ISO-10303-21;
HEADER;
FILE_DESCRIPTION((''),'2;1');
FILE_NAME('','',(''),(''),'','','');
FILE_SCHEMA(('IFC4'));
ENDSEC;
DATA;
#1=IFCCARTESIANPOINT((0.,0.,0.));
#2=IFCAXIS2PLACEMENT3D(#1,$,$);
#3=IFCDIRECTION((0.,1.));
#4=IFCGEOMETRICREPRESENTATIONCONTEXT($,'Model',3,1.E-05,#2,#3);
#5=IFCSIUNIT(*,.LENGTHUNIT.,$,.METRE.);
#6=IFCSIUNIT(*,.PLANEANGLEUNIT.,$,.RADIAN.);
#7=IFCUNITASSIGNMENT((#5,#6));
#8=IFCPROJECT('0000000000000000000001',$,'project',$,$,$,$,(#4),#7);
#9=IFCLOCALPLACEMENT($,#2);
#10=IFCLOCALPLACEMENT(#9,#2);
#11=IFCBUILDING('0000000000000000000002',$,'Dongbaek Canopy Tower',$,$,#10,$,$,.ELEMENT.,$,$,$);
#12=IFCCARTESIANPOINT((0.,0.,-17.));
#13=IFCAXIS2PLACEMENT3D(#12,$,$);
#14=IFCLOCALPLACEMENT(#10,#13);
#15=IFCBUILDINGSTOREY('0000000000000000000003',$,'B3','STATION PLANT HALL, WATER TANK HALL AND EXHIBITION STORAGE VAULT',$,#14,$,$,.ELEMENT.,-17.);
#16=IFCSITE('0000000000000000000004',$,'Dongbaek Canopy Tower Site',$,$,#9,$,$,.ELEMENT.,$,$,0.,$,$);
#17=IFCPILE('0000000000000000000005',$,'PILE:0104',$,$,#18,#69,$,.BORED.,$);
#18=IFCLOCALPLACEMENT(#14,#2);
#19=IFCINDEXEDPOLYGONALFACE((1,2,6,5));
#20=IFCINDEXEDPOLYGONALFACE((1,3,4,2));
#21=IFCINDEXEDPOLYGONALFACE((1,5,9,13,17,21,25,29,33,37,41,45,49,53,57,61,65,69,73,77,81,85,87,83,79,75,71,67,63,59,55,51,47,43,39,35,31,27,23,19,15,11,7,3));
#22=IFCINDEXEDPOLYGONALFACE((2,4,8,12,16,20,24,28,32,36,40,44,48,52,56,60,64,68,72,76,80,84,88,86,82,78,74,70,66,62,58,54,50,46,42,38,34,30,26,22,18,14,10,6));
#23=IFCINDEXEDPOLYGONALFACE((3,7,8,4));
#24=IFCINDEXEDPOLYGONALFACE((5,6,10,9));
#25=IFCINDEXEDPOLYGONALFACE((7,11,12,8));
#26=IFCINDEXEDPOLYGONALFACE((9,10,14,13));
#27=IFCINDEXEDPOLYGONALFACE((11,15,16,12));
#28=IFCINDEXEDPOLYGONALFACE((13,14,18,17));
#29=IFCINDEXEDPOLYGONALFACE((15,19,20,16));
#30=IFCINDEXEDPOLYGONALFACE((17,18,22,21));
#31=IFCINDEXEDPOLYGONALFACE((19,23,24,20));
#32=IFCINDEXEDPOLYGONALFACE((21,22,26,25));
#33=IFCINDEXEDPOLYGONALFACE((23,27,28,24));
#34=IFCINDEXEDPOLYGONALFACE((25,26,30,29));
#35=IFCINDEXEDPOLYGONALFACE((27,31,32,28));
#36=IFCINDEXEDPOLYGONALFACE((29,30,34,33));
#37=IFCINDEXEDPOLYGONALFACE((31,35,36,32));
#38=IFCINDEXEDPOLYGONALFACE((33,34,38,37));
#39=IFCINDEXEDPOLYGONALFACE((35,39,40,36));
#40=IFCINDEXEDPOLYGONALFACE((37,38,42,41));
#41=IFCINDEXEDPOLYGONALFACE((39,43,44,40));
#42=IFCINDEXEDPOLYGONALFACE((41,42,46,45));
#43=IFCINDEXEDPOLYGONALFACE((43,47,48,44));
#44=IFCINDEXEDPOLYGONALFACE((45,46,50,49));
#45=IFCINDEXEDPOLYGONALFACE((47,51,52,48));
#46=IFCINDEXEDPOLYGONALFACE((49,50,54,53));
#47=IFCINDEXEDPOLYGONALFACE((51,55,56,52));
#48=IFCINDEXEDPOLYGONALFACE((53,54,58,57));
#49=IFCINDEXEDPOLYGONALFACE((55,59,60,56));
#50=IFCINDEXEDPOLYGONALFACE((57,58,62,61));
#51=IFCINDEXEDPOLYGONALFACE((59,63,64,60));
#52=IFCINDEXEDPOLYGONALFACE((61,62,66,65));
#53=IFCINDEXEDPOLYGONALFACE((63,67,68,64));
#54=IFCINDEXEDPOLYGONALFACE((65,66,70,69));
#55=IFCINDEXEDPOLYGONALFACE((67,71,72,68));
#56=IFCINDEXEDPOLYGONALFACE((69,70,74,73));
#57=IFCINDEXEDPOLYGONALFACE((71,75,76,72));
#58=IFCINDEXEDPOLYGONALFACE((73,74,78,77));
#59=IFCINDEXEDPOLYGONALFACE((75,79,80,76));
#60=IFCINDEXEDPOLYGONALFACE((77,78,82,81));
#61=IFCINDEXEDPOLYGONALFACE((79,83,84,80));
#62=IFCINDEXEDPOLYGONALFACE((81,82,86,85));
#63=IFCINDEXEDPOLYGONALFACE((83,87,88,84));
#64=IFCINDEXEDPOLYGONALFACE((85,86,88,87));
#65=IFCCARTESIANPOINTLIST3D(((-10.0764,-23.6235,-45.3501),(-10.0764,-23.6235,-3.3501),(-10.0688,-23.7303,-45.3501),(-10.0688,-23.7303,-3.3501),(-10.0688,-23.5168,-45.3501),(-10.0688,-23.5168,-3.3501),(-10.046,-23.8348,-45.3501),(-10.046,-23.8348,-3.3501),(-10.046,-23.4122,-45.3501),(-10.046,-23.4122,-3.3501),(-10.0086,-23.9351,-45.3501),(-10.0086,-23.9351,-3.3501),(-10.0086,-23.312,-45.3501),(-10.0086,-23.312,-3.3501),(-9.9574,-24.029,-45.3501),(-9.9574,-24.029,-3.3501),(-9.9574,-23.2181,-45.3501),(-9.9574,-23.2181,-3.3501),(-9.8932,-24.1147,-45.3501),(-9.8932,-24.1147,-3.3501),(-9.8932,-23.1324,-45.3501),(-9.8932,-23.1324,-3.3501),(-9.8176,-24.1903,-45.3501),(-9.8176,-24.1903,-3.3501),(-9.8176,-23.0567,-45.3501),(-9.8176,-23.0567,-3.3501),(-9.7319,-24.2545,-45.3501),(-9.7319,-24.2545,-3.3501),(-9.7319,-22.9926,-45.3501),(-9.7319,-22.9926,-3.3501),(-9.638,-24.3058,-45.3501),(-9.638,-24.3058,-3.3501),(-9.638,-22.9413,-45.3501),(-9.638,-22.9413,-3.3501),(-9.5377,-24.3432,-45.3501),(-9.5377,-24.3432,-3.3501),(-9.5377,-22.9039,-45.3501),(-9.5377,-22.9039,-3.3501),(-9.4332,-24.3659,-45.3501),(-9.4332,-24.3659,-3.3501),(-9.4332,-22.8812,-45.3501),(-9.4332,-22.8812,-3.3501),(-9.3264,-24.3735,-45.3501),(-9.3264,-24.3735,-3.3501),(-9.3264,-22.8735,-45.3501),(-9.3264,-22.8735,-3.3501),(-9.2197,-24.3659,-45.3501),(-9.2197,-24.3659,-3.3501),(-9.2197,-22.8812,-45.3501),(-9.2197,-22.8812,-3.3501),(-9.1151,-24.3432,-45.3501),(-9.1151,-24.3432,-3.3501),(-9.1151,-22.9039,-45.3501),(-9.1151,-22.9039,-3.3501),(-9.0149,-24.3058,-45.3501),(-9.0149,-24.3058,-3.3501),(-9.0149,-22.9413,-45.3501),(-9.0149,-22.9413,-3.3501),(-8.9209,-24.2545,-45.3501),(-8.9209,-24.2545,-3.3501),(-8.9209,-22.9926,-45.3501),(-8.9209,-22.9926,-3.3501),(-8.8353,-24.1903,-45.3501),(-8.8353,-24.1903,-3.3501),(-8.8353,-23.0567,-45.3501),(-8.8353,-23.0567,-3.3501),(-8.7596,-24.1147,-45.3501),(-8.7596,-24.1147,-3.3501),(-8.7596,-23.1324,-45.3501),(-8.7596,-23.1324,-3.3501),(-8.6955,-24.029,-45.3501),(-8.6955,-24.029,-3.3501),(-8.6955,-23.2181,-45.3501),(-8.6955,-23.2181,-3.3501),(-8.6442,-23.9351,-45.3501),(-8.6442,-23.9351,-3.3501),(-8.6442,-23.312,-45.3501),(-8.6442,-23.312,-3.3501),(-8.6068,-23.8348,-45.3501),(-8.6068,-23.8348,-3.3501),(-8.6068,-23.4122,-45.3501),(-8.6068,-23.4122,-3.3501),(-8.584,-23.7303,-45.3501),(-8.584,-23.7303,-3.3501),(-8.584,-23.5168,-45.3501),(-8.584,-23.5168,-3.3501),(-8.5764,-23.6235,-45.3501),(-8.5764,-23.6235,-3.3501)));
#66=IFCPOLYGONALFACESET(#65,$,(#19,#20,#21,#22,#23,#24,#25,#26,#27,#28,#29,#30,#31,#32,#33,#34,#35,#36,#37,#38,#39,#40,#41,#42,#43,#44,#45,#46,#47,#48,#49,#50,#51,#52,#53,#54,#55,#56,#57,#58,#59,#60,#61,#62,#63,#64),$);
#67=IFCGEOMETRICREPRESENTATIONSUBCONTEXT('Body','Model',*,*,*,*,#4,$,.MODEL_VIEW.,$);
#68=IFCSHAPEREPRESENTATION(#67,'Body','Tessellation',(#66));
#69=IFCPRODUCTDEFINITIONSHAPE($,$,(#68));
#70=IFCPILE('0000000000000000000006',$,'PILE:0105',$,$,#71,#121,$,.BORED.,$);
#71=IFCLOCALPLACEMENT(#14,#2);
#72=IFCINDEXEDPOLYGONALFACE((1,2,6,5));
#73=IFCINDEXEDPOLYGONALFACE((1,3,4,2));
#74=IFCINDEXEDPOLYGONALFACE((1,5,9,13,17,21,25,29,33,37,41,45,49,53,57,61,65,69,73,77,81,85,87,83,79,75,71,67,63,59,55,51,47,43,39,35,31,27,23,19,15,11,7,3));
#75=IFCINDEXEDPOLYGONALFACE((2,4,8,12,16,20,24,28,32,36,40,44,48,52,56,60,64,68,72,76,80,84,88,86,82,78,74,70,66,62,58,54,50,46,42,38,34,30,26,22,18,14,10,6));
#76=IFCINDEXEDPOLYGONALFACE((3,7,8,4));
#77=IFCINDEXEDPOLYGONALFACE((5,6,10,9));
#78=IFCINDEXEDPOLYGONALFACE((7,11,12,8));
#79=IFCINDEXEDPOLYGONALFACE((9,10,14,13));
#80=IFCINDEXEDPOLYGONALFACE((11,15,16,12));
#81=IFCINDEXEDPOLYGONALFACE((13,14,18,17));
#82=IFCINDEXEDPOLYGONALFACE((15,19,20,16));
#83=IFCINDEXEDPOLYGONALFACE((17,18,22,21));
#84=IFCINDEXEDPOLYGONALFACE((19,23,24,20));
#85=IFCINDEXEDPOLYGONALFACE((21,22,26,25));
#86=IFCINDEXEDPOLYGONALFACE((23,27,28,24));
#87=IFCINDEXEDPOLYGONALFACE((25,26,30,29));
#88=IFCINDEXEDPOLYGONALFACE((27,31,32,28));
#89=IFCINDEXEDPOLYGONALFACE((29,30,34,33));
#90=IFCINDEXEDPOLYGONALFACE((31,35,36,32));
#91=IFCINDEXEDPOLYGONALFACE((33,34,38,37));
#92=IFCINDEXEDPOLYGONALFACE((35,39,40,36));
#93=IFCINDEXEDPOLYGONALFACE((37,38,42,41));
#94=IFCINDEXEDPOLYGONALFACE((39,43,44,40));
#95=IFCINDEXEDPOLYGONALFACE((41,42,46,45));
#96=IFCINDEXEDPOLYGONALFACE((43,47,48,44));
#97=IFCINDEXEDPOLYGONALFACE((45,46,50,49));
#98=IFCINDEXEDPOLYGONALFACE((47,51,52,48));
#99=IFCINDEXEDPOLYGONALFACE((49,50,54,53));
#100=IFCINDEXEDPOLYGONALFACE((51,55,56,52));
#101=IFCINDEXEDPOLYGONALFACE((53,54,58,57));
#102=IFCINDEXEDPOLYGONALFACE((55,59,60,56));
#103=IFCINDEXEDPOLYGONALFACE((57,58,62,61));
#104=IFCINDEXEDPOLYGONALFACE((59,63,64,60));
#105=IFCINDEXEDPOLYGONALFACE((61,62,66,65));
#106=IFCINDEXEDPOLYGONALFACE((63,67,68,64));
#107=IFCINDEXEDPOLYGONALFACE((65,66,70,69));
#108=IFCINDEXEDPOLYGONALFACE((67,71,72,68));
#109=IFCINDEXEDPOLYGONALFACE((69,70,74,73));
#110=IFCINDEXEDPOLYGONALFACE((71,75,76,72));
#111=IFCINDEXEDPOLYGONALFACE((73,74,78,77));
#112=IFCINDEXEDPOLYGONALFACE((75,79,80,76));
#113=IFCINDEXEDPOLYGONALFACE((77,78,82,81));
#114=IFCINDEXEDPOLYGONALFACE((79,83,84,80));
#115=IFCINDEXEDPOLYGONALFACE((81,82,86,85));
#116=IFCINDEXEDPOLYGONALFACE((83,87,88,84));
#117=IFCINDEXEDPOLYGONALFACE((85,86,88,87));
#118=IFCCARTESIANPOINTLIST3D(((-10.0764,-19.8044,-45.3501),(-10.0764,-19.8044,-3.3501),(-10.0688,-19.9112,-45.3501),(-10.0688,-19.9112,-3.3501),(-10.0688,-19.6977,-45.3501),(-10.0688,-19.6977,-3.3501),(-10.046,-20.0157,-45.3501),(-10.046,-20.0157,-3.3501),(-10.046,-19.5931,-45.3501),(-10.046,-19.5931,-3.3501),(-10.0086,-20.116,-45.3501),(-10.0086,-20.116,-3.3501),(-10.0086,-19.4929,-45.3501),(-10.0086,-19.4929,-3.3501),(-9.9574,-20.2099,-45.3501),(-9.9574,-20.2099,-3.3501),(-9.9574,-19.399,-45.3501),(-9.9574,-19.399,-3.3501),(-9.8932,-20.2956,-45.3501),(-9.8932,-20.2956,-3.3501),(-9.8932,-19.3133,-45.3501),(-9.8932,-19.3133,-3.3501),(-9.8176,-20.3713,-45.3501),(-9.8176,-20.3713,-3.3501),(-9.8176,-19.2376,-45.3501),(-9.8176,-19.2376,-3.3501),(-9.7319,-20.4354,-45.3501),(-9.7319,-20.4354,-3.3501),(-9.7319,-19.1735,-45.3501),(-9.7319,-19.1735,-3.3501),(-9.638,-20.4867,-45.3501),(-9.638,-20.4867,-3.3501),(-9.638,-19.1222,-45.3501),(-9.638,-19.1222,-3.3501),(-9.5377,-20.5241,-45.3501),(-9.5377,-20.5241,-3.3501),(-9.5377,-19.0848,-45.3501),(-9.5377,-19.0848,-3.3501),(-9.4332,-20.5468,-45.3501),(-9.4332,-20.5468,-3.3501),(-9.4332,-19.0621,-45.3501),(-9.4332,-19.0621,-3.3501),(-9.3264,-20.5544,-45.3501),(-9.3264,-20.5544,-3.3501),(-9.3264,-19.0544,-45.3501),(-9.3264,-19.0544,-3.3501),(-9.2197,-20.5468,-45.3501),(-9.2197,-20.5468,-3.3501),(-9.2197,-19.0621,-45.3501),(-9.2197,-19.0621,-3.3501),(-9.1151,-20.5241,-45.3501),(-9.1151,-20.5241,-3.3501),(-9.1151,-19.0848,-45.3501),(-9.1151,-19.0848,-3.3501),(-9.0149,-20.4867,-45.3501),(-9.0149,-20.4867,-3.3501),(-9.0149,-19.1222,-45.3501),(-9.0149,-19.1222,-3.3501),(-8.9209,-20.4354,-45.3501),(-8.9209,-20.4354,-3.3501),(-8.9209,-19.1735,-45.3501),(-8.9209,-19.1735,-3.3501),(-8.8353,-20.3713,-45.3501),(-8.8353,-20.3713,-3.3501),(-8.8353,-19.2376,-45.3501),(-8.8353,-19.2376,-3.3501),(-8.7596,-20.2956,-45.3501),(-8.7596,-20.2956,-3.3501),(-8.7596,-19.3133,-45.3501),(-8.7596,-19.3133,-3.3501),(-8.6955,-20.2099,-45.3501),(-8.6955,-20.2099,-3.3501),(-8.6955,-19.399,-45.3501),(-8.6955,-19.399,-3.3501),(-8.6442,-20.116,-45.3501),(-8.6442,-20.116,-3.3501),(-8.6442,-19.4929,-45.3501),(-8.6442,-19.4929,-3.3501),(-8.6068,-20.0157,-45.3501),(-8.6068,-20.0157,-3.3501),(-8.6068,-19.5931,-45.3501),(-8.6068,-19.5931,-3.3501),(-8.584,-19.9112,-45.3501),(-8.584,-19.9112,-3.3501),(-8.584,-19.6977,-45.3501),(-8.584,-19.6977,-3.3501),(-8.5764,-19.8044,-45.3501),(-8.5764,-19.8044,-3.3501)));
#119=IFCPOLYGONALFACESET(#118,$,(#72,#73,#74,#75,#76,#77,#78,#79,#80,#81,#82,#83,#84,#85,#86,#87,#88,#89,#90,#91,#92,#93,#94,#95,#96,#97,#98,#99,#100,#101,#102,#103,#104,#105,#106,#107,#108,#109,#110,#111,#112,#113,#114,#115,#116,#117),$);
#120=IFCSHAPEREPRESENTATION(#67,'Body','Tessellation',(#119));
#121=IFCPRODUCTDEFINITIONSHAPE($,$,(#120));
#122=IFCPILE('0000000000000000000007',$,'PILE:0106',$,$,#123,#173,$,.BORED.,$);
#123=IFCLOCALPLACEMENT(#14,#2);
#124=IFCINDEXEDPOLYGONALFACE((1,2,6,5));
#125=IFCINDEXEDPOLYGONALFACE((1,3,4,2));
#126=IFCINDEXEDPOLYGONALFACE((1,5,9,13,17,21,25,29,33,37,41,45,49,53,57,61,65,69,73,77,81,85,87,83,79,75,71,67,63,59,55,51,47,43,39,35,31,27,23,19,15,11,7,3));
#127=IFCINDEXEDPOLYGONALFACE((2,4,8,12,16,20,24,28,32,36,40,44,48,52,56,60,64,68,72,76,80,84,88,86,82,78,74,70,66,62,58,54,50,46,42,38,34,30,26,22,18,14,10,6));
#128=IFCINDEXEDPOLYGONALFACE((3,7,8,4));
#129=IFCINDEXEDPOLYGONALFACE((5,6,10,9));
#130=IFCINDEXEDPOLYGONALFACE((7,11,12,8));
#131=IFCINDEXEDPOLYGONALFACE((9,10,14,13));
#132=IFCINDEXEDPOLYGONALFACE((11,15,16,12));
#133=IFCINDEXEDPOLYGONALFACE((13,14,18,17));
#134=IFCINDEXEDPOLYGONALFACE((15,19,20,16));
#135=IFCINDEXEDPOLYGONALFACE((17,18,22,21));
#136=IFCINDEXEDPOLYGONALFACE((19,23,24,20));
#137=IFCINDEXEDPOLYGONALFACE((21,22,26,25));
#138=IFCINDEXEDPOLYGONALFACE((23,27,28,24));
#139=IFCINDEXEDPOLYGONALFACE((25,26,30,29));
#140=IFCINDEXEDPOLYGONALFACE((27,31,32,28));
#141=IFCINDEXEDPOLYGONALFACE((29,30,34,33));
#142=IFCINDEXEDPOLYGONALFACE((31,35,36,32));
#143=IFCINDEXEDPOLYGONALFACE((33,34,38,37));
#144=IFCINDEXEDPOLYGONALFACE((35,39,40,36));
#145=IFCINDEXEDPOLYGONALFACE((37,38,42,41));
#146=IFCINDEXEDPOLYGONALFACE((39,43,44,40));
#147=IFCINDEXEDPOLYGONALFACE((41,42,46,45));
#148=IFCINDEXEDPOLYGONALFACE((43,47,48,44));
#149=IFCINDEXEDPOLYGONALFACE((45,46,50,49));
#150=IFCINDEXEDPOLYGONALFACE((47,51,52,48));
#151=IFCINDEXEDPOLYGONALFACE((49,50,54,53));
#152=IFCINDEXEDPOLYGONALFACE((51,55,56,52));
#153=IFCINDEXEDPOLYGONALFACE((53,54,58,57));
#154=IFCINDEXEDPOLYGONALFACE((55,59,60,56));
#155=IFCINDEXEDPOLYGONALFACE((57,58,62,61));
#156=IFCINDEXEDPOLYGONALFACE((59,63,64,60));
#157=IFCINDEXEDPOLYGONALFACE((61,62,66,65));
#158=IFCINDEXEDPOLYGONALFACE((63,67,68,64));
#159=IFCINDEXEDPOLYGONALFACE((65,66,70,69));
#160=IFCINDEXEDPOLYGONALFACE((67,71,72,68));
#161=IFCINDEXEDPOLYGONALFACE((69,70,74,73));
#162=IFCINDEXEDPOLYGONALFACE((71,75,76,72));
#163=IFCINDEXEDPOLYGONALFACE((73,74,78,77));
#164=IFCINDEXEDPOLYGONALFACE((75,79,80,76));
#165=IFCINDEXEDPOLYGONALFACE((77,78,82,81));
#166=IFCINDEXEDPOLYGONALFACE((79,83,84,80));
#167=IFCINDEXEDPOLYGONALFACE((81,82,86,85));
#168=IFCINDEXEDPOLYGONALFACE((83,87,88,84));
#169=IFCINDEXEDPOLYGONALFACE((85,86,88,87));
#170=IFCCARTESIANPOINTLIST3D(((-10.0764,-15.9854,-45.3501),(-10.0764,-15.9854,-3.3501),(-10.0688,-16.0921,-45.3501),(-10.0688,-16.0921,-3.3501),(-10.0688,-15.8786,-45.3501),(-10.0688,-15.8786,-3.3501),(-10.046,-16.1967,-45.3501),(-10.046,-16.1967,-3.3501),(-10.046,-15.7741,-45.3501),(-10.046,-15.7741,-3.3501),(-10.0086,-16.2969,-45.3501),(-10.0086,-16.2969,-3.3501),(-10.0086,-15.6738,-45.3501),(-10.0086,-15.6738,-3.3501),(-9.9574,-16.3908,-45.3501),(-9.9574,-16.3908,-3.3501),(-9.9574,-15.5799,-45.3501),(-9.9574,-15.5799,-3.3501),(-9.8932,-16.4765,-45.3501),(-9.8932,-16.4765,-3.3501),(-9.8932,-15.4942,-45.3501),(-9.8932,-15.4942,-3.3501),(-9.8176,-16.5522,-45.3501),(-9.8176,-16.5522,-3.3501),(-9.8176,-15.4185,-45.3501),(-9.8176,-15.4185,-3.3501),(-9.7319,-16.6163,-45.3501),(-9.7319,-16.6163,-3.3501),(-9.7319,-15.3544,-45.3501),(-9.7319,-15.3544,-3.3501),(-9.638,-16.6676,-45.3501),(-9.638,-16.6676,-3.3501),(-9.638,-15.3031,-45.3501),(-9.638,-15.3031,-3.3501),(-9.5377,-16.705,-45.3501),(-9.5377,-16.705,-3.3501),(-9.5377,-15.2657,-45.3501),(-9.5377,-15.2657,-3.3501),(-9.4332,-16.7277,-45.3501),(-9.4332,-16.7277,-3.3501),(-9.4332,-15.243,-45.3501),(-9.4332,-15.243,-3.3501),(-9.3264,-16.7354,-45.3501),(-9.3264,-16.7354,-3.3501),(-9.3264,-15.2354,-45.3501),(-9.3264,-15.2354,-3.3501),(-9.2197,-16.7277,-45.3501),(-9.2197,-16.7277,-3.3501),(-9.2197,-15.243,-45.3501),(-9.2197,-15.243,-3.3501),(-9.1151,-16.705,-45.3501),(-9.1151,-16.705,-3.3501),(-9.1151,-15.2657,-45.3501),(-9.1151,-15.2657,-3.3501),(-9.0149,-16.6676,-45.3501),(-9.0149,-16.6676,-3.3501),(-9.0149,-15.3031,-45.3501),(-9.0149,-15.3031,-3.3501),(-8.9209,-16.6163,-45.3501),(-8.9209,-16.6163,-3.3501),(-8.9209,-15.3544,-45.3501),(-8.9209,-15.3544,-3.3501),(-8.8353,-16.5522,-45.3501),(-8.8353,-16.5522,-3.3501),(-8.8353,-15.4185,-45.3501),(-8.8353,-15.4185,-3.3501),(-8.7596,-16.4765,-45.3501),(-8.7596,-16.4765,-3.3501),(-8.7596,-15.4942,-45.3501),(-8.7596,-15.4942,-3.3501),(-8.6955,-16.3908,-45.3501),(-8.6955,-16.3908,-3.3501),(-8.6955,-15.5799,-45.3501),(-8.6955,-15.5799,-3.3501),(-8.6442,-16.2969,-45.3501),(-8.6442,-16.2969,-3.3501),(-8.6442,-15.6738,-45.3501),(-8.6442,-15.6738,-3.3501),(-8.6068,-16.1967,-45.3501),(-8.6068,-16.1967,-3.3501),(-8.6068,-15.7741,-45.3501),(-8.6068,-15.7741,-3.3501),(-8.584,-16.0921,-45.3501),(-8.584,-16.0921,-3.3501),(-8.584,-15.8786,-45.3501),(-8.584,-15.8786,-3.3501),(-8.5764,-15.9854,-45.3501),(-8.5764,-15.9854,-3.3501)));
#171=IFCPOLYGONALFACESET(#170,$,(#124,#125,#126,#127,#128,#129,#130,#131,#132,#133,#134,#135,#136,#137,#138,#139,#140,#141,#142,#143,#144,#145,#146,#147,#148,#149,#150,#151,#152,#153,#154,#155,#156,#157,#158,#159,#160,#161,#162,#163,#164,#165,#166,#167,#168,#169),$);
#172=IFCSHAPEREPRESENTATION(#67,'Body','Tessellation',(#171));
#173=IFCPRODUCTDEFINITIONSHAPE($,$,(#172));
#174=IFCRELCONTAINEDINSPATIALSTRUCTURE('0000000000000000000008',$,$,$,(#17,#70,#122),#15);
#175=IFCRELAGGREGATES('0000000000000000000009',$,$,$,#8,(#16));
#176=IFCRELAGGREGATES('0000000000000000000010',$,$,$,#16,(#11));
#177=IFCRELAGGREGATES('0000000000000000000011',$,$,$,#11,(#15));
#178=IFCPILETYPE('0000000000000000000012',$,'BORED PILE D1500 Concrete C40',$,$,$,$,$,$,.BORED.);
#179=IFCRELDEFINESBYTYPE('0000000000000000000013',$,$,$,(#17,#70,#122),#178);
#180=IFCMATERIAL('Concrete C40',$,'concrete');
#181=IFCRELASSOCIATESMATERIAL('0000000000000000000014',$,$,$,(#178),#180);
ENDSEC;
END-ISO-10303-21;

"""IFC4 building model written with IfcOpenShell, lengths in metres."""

from ifc_helpers import new_model, si_unit, direction, frame, origin, origin_2d, place, context, subcontext, project, spatial, circle, extrude, material, material_profile, profile_set, type_object, element, save


model = new_model("IFC4")

# Units and contexts
model_context = context("Model", 3, precision=1e-05, world=origin(), true_north=direction((0.0, 1.0)))
body_context = subcontext(model_context, "Body", "Model", "MODEL_VIEW")
ifc_project = project(units=[si_unit("LENGTHUNIT", "METRE"), si_unit("PLANEANGLEUNIT", "RADIAN")], contexts=[model_context])

# Site, building, storey
site_placement = place(None, origin())
site = spatial("IfcSite", under=ifc_project, at=site_placement, Name="Dongbaek Canopy Tower Site", CompositionType="ELEMENT", RefElevation=0.0)
building_placement = place(site_placement, origin())
building = spatial("IfcBuilding", under=site, at=building_placement, Name="Dongbaek Canopy Tower", CompositionType="ELEMENT")
storey_placement = place(building_placement, frame((0.0, 0.0, -17.0)))
storey = spatial("IfcBuildingStorey", under=building, at=storey_placement, Name="B3", Description="STATION PLANT HALL, WATER TANK HALL AND EXHIBITION STORAGE VAULT", CompositionType="ELEMENT", Elevation=-17.0)

# Piles
ifc_material_1 = material(Name="Concrete C40", Category="concrete")
ifc_material_profile_1 = material_profile(ifc_material_1, circle(Radius=0.75, at=origin_2d()), Name="BORED PILE D1500 Concrete C40")
ifc_profile_set_1 = profile_set([ifc_material_profile_1], Name="Concrete C40")
pile_type = type_object("IfcPileType", Name="BORED PILE D1500 Concrete C40", PredefinedType="BORED", material=ifc_profile_set_1)
for number, where, z_axis, x_axis, name in (
    (1, (-9.3264, -23.6235, -3.3501), (0.0, 0.0, -1.0), (1.0, 0.0, 0.0), "PILE:0104"),
    (2, (-9.3264, -19.8044, -3.3501), (0.0, 0.0, -1.0), (1.0, 0.0, 0.0), "PILE:0105"),
    (3, (-9.3264, -15.9854, -3.3501), (0.0, 0.0, -1.0), (1.0, 0.0, 0.0), "PILE:0106"),
):
    element("IfcPile", number, at=place(storey_placement, frame(where, z_axis=z_axis, x_axis=x_axis)), inside=storey, type_object=pile_type, Name=name, PredefinedType="BORED", context=body_context, shape_type="SweptSolid", body=[
        extrude(circle(Radius=0.75, at=origin_2d()), origin(), (0.0, 0.0, 1.0), 42.0),
    ])

save(model, "model.ifc")
